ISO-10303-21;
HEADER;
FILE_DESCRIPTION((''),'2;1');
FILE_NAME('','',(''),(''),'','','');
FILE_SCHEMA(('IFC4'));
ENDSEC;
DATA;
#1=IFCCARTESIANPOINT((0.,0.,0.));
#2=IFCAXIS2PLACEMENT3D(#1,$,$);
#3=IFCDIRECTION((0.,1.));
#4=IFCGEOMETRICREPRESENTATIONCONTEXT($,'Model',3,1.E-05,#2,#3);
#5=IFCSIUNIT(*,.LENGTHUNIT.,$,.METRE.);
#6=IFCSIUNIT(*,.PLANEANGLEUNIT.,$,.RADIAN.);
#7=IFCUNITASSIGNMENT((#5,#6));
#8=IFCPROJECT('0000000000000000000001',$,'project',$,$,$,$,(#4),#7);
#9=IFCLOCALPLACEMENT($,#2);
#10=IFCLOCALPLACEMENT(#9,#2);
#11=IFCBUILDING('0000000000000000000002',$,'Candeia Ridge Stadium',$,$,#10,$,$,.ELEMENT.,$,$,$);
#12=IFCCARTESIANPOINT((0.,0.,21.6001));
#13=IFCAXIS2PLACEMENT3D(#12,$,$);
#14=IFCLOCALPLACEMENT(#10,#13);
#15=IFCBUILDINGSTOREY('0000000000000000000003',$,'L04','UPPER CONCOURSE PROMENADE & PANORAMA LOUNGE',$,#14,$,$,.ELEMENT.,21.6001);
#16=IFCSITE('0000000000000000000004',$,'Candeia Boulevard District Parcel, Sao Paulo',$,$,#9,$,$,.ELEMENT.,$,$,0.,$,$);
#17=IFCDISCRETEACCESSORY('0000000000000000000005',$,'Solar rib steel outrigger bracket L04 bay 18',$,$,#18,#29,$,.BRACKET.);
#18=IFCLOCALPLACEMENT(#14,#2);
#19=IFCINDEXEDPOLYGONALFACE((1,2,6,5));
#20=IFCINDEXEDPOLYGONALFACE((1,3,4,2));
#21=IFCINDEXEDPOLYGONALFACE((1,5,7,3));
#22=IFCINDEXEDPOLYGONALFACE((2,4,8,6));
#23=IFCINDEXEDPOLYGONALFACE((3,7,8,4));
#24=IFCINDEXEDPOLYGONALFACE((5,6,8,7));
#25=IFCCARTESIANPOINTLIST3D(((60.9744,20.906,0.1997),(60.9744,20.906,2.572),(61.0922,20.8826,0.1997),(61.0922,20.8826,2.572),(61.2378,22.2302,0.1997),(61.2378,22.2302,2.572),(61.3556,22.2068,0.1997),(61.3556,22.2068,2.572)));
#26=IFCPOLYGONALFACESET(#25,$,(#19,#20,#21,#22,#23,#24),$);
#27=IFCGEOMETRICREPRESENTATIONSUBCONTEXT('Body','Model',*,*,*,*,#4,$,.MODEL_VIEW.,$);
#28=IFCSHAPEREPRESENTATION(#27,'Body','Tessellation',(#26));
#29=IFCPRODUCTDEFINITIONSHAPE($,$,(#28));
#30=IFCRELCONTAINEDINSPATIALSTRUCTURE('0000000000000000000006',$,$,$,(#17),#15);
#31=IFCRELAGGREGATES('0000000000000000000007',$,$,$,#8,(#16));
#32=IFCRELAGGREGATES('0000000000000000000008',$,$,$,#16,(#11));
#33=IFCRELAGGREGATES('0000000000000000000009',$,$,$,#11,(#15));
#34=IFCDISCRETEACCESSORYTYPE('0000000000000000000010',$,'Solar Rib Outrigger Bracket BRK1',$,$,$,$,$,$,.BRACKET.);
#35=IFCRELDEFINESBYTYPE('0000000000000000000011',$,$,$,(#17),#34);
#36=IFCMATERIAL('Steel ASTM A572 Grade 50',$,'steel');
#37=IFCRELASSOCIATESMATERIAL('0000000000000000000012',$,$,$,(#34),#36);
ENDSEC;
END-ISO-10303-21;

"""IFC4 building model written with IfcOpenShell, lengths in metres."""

from ifc_helpers import new_model, si_unit, direction, frame, origin, origin_2d, place, context, subcontext, project, spatial, rectangle, extrude, material, type_object, element, save


model = new_model("IFC4")

# Units and contexts
model_context = context("Model", 3, precision=1e-05, world=origin(), true_north=direction((0.0, 1.0)))
body_context = subcontext(model_context, "Body", "Model", "MODEL_VIEW")
ifc_project = project(units=[si_unit("LENGTHUNIT", "METRE"), si_unit("PLANEANGLEUNIT", "RADIAN")], contexts=[model_context])

# Site, building, storey
site_placement = place(None, origin())
site = spatial("IfcSite", under=ifc_project, at=site_placement, Name="Candeia Boulevard District Parcel, Sao Paulo", CompositionType="ELEMENT", RefElevation=0.0)
building_placement = place(site_placement, origin())
building = spatial("IfcBuilding", under=site, at=building_placement, Name="Candeia Ridge Stadium", CompositionType="ELEMENT")
storey_placement = place(building_placement, frame((0.0, 0.0, 21.6001)))
storey = spatial("IfcBuildingStorey", under=building, at=storey_placement, Name="L04", Description="UPPER CONCOURSE PROMENADE & PANORAMA LOUNGE", CompositionType="ELEMENT", Elevation=21.6001)

# Discrete accessory
ifc_material_1 = material(Name="Steel ASTM A572 Grade 50", Category="steel")
discrete_accessory_type = type_object("IfcDiscreteAccessoryType", Name="Solar Rib Outrigger Bracket BRK1", PredefinedType="BRACKET", material=ifc_material_1)
discrete_accessory_placement = place(storey_placement, frame((61.165, 21.5564, 0.1997), z_axis=(0.0, 0.0, 1.0), x_axis=(-0.19509, -0.980785, 0.0)))
element("IfcDiscreteAccessory", 1, at=discrete_accessory_placement, inside=storey, type_object=discrete_accessory_type, Name="Solar rib steel outrigger bracket L04 bay 18", PredefinedType="BRACKET", context=body_context, shape_type="SweptSolid", body=[
    extrude(rectangle(XDim=1.3501, YDim=0.1201, at=origin_2d()), origin(), (0.0, 0.0, 1.0), 2.3723),
])

save(model, "model.ifc")
